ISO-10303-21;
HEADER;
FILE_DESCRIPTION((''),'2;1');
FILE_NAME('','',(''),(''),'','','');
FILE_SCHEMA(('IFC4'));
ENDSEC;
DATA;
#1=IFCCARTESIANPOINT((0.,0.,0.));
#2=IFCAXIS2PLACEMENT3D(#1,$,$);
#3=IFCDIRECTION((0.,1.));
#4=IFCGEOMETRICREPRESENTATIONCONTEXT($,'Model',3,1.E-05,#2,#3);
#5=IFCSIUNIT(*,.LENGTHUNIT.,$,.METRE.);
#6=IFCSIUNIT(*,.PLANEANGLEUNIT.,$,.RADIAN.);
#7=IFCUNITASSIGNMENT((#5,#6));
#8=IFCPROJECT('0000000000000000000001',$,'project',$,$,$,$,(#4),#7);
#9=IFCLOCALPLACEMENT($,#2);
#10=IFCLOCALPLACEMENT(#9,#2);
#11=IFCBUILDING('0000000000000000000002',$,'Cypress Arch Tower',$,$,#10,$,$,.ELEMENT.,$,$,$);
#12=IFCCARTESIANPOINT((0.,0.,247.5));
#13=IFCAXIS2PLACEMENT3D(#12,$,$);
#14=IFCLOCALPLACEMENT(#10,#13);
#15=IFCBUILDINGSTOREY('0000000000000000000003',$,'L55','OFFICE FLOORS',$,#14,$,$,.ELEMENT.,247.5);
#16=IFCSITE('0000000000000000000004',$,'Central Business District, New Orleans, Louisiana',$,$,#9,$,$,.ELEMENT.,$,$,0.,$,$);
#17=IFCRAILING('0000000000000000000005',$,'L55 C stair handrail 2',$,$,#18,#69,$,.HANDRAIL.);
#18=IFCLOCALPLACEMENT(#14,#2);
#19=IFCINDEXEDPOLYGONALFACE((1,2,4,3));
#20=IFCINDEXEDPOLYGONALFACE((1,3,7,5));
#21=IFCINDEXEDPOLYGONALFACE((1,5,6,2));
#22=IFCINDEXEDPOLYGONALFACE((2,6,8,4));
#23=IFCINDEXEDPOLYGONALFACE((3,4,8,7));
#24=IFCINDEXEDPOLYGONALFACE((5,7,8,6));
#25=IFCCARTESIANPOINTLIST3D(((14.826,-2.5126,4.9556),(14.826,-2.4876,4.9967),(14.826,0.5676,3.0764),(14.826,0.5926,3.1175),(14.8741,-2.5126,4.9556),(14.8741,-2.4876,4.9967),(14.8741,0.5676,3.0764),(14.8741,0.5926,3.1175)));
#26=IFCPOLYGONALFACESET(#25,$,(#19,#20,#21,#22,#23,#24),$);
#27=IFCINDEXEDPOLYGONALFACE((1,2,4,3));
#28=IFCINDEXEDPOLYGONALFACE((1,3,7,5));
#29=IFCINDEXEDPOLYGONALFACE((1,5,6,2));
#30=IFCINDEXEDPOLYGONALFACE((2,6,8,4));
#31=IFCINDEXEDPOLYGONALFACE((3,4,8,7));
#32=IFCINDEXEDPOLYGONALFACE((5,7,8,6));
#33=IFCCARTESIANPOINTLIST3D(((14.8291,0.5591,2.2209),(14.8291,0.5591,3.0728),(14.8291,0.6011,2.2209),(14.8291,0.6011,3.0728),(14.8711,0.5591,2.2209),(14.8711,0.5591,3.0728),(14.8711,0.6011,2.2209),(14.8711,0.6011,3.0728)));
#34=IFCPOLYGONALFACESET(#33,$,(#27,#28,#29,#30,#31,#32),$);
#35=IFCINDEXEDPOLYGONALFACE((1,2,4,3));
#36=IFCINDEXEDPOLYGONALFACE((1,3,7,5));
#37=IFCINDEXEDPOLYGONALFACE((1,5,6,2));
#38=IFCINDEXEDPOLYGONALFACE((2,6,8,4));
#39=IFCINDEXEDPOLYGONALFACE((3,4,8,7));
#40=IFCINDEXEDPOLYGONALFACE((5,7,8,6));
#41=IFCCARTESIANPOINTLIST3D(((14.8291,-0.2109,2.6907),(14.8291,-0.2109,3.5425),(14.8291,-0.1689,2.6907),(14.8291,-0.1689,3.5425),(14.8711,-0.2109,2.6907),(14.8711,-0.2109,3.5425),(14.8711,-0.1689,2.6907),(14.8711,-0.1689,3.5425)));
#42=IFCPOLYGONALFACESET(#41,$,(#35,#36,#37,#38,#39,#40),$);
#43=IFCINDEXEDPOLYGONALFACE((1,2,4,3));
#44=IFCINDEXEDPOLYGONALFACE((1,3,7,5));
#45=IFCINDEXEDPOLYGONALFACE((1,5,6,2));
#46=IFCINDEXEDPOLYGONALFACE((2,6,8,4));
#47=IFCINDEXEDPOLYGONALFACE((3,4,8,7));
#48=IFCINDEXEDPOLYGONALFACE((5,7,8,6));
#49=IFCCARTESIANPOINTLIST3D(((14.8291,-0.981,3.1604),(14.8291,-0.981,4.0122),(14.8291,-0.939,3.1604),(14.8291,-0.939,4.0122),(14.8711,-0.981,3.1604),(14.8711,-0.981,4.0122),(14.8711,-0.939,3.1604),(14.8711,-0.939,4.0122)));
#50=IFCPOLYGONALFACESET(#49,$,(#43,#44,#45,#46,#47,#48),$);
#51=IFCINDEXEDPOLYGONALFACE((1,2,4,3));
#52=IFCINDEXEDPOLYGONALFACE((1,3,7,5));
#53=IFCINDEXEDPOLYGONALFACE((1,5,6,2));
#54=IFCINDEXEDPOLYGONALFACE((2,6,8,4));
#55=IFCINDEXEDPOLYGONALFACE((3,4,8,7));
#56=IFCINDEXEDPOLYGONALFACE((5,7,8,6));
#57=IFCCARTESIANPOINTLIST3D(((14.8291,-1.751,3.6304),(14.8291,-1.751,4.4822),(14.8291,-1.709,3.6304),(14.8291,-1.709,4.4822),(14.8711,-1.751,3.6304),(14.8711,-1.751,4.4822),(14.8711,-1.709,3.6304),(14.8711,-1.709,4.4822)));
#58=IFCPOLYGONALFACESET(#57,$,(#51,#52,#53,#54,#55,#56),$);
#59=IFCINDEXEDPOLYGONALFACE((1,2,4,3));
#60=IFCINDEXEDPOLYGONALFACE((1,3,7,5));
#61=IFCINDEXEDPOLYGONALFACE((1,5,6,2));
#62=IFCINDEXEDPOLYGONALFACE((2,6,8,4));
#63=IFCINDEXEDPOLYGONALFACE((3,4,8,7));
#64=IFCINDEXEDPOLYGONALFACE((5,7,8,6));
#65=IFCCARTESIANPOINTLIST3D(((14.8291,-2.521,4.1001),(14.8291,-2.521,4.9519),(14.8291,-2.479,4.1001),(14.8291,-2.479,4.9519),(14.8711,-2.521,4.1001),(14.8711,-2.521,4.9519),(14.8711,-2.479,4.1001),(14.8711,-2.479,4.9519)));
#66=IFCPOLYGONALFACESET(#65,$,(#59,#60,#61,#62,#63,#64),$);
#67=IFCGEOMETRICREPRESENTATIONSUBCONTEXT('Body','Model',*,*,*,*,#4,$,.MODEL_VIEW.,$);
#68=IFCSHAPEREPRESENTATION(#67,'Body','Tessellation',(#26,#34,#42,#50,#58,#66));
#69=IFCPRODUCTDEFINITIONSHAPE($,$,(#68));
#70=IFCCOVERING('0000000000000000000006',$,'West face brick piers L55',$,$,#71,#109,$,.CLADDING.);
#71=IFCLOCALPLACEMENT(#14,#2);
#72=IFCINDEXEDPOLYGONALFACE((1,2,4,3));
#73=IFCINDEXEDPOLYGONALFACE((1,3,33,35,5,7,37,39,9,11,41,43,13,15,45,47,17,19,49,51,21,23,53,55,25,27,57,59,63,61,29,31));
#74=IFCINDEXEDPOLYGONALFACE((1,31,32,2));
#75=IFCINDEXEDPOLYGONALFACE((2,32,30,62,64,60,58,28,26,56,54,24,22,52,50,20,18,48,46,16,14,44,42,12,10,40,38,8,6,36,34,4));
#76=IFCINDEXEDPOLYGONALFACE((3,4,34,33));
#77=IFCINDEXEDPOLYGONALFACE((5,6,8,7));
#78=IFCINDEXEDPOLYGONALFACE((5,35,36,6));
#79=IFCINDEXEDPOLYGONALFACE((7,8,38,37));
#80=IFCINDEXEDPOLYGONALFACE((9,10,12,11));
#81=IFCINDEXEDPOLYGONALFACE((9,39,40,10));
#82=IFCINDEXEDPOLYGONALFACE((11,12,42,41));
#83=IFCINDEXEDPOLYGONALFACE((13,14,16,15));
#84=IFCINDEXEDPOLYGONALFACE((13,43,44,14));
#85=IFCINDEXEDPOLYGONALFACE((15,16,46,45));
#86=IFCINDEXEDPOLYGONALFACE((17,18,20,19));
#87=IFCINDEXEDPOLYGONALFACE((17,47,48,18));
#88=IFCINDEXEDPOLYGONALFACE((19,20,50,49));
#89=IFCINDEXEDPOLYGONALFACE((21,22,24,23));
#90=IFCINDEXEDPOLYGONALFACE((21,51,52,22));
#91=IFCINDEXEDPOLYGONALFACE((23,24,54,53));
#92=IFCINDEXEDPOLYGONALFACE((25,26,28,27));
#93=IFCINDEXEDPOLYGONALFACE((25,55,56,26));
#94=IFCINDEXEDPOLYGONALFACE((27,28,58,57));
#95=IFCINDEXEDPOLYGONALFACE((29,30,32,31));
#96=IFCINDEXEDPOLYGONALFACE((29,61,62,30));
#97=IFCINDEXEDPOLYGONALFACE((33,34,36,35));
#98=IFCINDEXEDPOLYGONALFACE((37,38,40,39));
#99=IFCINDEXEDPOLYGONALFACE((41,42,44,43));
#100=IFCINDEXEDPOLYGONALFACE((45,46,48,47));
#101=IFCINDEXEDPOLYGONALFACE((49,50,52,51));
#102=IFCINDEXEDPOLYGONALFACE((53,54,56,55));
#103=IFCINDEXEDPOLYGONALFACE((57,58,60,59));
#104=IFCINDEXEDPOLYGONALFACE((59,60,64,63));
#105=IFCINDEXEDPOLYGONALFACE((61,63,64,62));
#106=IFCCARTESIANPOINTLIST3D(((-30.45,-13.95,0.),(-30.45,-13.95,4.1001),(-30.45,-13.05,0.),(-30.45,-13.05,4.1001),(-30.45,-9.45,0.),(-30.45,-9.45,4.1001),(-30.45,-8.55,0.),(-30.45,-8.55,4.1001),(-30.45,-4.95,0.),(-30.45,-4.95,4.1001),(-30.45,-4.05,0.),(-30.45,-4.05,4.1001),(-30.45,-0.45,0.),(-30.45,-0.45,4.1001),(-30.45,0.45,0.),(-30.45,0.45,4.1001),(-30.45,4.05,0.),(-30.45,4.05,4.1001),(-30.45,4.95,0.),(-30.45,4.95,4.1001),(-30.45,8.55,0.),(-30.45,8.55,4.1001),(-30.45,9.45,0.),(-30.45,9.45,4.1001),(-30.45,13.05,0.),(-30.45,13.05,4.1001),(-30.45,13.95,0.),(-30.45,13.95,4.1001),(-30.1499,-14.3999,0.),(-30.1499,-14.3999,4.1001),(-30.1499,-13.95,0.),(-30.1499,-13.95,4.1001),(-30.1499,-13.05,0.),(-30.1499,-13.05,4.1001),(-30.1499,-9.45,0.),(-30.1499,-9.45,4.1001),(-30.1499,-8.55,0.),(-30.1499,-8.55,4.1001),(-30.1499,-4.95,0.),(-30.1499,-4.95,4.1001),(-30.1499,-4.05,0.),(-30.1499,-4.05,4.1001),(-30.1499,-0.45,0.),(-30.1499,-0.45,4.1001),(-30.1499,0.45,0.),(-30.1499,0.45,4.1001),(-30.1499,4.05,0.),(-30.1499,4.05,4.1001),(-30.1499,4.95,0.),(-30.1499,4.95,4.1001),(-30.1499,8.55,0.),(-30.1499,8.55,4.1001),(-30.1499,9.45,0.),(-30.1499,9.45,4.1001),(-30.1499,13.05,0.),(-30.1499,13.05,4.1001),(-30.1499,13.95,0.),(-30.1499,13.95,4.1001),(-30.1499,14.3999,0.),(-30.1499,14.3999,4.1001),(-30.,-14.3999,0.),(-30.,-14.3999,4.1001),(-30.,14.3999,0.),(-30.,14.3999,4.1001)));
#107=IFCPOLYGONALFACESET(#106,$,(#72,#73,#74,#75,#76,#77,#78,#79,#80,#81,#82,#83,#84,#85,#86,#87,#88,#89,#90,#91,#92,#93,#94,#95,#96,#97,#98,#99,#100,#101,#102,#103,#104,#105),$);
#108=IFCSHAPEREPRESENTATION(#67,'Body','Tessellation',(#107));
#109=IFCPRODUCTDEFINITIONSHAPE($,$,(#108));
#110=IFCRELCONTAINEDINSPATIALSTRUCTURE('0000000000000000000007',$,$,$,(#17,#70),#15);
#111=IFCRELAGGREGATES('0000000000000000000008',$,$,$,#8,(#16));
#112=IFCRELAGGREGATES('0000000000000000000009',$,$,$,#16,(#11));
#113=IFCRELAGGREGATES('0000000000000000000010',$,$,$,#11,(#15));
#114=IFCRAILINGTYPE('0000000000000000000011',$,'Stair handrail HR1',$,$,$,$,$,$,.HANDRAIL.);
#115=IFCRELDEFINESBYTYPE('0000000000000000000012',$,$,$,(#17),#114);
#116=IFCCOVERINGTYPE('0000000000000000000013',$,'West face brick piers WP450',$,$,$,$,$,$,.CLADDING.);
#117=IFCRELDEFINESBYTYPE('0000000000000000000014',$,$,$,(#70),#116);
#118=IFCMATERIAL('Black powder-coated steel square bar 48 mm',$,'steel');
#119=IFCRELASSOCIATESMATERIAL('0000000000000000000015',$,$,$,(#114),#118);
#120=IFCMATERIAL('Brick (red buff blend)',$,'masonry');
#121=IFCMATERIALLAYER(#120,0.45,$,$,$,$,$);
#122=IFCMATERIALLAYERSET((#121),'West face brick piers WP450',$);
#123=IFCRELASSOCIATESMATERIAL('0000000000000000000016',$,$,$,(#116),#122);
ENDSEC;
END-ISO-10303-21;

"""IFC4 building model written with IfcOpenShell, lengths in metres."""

from ifc_helpers import new_model, si_unit, direction, frame, origin, origin_2d, place, context, subcontext, project, spatial, polyline, rectangle, outline, extrude, material, layer, layer_set, type_object, element, save


model = new_model("IFC4")

# Units and contexts
model_context = context("Model", 3, precision=1e-05, world=origin(), true_north=direction((0.0, 1.0)))
body_context = subcontext(model_context, "Body", "Model", "MODEL_VIEW")
ifc_project = project(units=[si_unit("LENGTHUNIT", "METRE"), si_unit("PLANEANGLEUNIT", "RADIAN")], contexts=[model_context])

# Site, building, storey
site_placement = place(None, origin())
site = spatial("IfcSite", under=ifc_project, at=site_placement, Name="Central Business District, New Orleans, Louisiana", CompositionType="ELEMENT", RefElevation=0.0)
building_placement = place(site_placement, origin())
building = spatial("IfcBuilding", under=site, at=building_placement, Name="Cypress Arch Tower", CompositionType="ELEMENT")
storey_placement = place(building_placement, frame((0.0, 0.0, 247.5)))
storey = spatial("IfcBuildingStorey", under=building, at=storey_placement, Name="L55", Description="OFFICE FLOORS", CompositionType="ELEMENT", Elevation=247.5)

# Railing
ifc_material_1 = material(Name="Black powder-coated steel square bar 48 mm", Category="steel")
railing_type = type_object("IfcRailingType", Name="Stair handrail HR1", PredefinedType="HANDRAIL", material=ifc_material_1)
railing_placement = place(storey_placement, frame((14.8501, 0.5801, 2.2209)))
element("IfcRailing", 1, at=railing_placement, inside=storey, type_object=railing_type, Name="L55 C stair handrail 2", PredefinedType="HANDRAIL", context=body_context, shape_type="SweptSolid", body=[
    extrude(rectangle(XDim=0.0481, YDim=0.0481, at=origin_2d()), frame((0.0, 0.0, 0.876), z_axis=(0.0, -0.853666, 0.52082), x_axis=(1.0, 0.0, 0.0)), (0.0, 0.0, 1.0), 3.6082),
    extrude(rectangle(XDim=0.042, YDim=0.042, at=origin_2d()), origin(), (0.0, 0.0, 1.0), 0.8518),
    extrude(rectangle(XDim=0.042, YDim=0.042, at=origin_2d()), frame((0.0, -0.77, 0.4697)), (0.0, 0.0, 1.0), 0.8518),
    extrude(rectangle(XDim=0.042, YDim=0.042, at=origin_2d()), frame((0.0, -1.54, 0.9395)), (0.0, 0.0, 1.0), 0.8518),
    extrude(rectangle(XDim=0.042, YDim=0.042, at=origin_2d()), frame((0.0, -2.3101, 1.4094)), (0.0, 0.0, 1.0), 0.8518),
    extrude(rectangle(XDim=0.042, YDim=0.042, at=origin_2d()), frame((0.0, -3.0801, 1.8792)), (0.0, 0.0, 1.0), 0.8518),
])

# Covering
ifc_material_2 = material(Name="Brick (red buff blend)", Category="masonry")
ifc_layer_1 = layer(ifc_material_2, 0.45)
ifc_layer_set_1 = layer_set([ifc_layer_1], Name="West face brick piers WP450")
covering_type_1 = type_object("IfcCoveringType", Name="West face brick piers WP450", PredefinedType="CLADDING", material=ifc_layer_set_1)
covering_1_placement = place(storey_placement, origin())
element("IfcCovering", 2, at=covering_1_placement, inside=storey, type_object=covering_type_1, Name="West face brick piers L55", PredefinedType="CLADDING", context=body_context, shape_type="SweptSolid", body=[
    extrude(outline(polyline([(-30.1499, -13.05), (-30.1499, -9.45), (-30.45, -9.45), (-30.45, -8.55), (-30.1499, -8.55), (-30.1499, -4.95), (-30.45, -4.95), (-30.45, -4.05), (-30.1499, -4.05), (-30.1499, -0.45), (-30.45, -0.45), (-30.45, 0.45), (-30.1499, 0.45), (-30.1499, 4.05), (-30.45, 4.05), (-30.45, 4.95), (-30.1499, 4.95), (-30.1499, 8.55), (-30.45, 8.55), (-30.45, 9.45), (-30.1499, 9.45), (-30.1499, 13.05), (-30.45, 13.05), (-30.45, 13.95), (-30.1499, 13.95), (-30.1499, 14.3999), (-30.0, 14.3999), (-30.0, -14.3999), (-30.1499, -14.3999), (-30.1499, -13.95), (-30.45, -13.95), (-30.45, -13.05), (-30.1499, -13.05)])), origin(), (0.0, 0.0, 1.0), 4.1001),
])

save(model, "model.ifc")
